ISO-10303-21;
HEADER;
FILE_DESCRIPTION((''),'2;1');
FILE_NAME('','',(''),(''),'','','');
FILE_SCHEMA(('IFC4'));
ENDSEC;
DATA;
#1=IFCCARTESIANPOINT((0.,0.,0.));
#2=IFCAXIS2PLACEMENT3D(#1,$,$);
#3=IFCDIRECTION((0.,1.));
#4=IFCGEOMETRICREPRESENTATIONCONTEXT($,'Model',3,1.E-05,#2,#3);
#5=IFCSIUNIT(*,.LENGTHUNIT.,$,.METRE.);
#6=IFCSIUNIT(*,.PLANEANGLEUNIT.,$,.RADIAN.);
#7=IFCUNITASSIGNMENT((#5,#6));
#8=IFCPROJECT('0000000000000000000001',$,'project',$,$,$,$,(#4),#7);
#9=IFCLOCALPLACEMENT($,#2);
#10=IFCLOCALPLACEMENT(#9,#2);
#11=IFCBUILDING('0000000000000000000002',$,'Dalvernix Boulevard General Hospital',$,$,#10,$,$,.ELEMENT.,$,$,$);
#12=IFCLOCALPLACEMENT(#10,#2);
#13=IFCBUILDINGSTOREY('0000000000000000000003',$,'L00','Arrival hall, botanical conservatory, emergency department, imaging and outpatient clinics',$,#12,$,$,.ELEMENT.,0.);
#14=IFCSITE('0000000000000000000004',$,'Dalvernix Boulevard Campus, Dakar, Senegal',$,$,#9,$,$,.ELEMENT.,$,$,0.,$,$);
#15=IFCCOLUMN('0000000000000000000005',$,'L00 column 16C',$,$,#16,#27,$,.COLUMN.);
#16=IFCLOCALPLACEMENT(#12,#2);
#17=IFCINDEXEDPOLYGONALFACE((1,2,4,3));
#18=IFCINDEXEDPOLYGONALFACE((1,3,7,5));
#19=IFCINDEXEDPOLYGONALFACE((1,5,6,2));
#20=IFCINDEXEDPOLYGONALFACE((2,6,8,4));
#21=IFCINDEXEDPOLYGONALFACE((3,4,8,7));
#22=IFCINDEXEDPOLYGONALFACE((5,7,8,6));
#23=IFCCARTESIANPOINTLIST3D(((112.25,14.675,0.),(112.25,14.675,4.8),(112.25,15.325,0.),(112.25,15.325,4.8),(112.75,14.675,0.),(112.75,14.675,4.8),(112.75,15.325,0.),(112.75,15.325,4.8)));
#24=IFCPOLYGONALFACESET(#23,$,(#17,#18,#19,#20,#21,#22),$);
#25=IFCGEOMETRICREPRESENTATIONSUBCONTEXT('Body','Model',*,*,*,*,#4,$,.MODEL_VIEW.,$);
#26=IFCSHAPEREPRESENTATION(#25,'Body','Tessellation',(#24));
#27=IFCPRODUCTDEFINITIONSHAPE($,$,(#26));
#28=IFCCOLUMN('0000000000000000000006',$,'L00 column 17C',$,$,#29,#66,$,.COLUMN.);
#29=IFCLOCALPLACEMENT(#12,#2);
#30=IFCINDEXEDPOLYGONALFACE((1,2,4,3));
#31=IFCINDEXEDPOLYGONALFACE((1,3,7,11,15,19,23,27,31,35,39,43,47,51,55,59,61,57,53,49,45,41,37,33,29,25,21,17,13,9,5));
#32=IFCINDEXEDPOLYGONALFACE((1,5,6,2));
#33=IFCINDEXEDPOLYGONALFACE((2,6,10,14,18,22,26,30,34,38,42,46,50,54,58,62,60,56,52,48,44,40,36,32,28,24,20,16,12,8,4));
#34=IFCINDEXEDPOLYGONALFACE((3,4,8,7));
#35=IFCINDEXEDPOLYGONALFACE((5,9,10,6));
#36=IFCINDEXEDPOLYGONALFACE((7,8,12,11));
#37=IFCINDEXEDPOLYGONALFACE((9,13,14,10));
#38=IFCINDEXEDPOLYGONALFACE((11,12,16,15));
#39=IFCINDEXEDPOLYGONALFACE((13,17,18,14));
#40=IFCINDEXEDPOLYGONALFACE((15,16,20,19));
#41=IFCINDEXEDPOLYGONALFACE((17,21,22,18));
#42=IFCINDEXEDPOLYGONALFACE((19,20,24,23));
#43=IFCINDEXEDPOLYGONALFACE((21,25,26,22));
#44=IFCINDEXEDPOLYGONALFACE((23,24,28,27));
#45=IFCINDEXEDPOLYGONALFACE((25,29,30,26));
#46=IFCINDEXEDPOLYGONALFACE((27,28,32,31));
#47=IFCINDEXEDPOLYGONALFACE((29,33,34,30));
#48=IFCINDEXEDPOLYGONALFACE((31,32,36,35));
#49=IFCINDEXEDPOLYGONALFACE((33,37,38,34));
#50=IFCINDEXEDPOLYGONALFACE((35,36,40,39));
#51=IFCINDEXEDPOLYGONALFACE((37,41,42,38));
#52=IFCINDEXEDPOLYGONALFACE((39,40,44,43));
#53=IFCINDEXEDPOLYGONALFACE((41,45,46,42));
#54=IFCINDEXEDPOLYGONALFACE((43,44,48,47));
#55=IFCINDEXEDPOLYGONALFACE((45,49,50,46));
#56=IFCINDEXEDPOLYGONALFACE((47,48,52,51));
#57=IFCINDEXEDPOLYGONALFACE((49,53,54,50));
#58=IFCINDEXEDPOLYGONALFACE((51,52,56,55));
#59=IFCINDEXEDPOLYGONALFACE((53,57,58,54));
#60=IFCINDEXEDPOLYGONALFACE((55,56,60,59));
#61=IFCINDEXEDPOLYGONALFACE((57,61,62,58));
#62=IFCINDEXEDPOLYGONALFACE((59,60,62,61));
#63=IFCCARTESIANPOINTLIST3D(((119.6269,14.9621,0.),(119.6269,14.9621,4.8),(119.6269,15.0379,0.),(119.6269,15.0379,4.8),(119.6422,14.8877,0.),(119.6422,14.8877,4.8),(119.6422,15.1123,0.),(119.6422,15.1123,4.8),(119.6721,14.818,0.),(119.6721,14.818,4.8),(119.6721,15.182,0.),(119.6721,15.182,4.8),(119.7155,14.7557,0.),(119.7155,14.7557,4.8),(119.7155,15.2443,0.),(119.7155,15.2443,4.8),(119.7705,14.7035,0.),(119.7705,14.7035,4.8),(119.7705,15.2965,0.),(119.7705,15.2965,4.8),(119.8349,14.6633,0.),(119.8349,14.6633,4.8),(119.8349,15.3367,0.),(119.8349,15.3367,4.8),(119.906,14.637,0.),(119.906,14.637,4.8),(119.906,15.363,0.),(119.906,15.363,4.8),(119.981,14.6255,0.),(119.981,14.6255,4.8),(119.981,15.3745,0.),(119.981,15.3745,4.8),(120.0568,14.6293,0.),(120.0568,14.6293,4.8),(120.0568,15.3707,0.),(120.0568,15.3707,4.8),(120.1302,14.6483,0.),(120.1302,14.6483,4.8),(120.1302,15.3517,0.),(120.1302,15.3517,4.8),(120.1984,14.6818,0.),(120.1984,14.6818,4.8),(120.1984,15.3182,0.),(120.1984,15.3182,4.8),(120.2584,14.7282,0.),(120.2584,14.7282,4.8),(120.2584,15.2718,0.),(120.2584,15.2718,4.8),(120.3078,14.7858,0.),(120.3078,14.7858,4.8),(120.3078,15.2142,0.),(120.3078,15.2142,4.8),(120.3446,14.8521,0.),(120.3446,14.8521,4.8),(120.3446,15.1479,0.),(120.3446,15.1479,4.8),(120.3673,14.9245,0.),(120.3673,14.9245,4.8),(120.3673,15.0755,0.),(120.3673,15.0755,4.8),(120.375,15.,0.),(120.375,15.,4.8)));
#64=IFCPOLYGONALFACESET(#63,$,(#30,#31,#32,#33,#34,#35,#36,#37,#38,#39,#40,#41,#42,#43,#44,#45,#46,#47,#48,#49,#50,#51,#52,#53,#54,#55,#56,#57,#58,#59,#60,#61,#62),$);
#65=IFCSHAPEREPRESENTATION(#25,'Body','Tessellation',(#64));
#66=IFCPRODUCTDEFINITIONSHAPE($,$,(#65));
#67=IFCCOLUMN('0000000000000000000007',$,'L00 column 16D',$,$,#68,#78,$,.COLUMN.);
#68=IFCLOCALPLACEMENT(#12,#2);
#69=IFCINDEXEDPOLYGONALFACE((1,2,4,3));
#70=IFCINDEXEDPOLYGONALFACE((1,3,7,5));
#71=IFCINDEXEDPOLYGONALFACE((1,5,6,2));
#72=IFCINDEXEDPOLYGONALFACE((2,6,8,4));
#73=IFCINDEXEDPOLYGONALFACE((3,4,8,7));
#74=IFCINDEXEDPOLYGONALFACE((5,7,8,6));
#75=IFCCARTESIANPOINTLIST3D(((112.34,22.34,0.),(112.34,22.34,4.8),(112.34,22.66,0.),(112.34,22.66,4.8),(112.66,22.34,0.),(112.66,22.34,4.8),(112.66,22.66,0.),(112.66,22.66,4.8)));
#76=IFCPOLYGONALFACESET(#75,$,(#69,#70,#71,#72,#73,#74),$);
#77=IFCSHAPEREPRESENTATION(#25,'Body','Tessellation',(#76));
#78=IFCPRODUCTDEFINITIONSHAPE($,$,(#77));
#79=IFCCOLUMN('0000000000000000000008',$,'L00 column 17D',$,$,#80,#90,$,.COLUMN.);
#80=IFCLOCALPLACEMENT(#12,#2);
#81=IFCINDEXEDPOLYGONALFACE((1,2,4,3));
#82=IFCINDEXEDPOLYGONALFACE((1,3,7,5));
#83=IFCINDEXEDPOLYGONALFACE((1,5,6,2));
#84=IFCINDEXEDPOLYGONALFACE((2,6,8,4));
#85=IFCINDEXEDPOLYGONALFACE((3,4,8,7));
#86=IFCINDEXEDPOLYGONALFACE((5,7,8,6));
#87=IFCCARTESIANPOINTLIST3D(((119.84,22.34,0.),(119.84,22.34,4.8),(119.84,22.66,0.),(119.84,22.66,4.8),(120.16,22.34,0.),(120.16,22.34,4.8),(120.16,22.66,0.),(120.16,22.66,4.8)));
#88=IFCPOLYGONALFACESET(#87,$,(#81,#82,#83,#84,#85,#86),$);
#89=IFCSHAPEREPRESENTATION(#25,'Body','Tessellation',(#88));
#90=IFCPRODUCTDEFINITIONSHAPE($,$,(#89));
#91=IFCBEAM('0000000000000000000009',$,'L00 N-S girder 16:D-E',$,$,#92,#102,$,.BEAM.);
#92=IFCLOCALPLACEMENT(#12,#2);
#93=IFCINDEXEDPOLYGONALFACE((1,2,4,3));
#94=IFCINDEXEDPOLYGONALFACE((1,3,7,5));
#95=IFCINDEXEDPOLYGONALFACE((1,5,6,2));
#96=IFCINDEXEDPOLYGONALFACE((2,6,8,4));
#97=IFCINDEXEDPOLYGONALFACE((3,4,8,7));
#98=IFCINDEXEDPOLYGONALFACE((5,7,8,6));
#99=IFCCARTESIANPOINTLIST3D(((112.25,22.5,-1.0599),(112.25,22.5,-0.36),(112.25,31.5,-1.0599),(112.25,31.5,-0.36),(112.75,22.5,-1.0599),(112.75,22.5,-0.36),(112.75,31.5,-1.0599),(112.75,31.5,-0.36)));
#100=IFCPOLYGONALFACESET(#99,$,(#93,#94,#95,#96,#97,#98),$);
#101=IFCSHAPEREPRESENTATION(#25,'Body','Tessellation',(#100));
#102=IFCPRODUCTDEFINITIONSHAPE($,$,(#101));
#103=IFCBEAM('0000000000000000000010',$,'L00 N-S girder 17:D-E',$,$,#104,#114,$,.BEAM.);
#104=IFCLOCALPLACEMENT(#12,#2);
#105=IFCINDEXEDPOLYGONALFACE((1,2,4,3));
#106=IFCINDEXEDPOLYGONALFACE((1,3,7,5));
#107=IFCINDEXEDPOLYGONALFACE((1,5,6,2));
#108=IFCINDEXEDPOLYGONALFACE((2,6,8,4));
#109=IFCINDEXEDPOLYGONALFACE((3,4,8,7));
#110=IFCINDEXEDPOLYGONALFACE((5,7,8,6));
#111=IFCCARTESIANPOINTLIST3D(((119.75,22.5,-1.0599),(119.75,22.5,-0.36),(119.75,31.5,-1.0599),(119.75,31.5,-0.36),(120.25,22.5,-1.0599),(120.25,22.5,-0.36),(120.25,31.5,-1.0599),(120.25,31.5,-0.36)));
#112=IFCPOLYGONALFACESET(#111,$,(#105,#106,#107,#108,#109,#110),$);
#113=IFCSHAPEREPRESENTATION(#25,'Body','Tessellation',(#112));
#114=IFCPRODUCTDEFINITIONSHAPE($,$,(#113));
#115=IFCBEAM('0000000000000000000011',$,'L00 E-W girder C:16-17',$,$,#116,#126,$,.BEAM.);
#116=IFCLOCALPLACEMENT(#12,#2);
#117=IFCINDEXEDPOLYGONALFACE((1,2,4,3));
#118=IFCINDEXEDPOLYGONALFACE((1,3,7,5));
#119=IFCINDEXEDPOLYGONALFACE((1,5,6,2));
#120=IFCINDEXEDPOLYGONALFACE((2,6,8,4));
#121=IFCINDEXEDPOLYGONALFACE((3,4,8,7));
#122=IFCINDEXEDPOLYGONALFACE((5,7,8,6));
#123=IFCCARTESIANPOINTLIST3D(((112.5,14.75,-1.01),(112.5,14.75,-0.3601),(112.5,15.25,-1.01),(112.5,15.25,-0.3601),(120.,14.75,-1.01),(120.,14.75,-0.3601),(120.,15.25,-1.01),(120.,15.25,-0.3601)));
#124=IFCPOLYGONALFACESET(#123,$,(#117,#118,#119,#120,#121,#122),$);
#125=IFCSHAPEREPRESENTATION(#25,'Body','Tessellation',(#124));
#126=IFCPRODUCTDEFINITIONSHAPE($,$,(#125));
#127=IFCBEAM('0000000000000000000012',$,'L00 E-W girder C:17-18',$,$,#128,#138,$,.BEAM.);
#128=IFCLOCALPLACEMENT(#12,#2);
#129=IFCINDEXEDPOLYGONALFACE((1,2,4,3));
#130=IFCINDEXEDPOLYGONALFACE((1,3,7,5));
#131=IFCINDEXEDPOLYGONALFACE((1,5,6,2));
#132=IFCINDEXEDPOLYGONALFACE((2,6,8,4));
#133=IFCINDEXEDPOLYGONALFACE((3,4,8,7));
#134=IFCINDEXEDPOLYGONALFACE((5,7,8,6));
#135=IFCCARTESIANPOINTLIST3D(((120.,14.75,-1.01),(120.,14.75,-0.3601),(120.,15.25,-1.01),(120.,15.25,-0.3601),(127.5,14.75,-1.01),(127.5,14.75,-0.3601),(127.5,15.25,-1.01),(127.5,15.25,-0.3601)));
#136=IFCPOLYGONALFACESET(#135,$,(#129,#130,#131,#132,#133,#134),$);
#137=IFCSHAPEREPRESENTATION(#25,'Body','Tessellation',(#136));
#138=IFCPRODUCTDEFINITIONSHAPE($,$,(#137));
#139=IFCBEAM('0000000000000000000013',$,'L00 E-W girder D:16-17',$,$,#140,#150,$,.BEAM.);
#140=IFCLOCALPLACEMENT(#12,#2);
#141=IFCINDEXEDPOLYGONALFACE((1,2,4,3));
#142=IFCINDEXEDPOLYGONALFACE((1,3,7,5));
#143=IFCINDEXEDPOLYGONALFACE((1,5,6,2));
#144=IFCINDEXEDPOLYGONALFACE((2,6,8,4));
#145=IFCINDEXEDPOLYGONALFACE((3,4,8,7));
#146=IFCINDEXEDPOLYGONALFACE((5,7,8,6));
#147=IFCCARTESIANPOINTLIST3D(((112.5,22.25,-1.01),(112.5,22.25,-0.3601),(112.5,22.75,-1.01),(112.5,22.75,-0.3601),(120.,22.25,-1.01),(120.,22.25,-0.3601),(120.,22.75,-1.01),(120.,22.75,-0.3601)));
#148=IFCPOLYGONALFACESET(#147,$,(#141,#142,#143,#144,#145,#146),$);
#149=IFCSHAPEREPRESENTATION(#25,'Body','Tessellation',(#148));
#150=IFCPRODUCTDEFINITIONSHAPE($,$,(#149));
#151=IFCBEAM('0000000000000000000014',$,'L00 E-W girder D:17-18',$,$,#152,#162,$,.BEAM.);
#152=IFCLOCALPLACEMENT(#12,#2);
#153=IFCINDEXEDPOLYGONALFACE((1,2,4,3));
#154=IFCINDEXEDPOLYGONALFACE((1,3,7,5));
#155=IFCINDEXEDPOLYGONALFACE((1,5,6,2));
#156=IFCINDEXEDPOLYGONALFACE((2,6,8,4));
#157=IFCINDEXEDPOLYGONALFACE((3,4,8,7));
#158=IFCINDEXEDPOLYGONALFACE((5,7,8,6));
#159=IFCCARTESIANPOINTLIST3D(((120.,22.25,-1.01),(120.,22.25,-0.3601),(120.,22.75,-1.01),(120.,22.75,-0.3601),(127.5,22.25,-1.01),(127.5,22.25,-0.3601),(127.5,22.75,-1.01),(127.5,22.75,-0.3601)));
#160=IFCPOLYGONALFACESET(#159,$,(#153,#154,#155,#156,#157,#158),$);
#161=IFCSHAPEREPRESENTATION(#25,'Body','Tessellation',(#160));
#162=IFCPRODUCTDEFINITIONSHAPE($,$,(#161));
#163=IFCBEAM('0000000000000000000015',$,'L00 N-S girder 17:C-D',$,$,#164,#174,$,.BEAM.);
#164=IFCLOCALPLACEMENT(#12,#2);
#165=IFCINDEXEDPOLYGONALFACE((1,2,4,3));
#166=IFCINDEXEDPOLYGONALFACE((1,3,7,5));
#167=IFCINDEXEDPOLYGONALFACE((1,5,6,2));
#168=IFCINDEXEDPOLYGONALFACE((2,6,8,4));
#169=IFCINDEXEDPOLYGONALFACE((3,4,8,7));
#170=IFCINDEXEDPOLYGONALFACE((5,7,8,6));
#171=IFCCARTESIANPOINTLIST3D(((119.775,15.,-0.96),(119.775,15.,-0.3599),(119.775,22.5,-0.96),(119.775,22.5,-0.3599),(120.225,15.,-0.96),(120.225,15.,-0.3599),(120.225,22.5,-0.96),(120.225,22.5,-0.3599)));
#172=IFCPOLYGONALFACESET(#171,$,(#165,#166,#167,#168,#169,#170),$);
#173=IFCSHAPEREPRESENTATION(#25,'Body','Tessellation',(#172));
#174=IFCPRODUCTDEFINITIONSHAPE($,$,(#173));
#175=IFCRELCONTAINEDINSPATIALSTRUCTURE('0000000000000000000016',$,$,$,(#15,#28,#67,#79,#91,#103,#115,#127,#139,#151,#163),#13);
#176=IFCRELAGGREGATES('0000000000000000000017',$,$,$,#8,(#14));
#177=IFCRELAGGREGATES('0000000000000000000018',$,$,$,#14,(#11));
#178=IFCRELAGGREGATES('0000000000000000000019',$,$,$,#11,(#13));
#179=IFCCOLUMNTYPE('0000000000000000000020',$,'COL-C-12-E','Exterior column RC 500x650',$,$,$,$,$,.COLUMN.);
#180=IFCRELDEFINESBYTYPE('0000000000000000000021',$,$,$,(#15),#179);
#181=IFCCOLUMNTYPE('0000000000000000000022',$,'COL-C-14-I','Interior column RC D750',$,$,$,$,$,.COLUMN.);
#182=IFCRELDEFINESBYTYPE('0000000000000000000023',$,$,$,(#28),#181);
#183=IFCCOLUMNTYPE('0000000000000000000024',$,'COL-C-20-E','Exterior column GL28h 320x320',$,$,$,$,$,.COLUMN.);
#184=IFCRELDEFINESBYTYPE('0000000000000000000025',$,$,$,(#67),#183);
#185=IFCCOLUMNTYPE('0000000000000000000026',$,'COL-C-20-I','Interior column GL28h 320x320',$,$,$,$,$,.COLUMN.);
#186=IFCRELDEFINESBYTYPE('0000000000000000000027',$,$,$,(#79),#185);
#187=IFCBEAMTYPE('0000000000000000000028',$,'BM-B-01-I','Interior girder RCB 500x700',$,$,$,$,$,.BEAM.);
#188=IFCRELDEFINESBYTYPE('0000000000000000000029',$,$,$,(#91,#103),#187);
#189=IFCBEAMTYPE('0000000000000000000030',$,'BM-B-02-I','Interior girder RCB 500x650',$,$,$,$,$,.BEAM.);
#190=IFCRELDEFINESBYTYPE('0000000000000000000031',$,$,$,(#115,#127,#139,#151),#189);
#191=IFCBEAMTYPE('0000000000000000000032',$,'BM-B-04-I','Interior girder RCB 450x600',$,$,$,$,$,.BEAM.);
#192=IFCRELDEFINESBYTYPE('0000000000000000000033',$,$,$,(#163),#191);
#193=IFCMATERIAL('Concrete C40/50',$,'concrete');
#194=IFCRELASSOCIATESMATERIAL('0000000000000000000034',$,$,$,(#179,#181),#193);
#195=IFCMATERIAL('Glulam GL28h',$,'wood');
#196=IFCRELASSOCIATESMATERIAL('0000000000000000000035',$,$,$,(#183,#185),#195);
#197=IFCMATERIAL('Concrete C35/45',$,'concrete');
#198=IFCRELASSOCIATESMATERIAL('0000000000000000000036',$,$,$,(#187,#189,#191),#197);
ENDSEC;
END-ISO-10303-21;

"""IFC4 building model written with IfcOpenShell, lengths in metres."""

from ifc_helpers import new_model, si_unit, direction, frame, origin, origin_2d, place, context, subcontext, project, spatial, rectangle, circle, extrude, material, material_profile, profile_set, type_object, element, save


model = new_model("IFC4")

# Units and contexts
model_context = context("Model", 3, precision=1e-05, world=origin(), true_north=direction((0.0, 1.0)))
body_context = subcontext(model_context, "Body", "Model", "MODEL_VIEW")
ifc_project = project(units=[si_unit("LENGTHUNIT", "METRE"), si_unit("PLANEANGLEUNIT", "RADIAN")], contexts=[model_context])

# Site, building, storey
site_placement = place(None, origin())
site = spatial("IfcSite", under=ifc_project, at=site_placement, Name="Dalvernix Boulevard Campus, Dakar, Senegal", CompositionType="ELEMENT", RefElevation=0.0)
building_placement = place(site_placement, origin())
building = spatial("IfcBuilding", under=site, at=building_placement, Name="Dalvernix Boulevard General Hospital", CompositionType="ELEMENT")
storey_placement = place(building_placement, origin())
storey = spatial("IfcBuildingStorey", under=building, at=storey_placement, Name="L00", Description="Arrival hall, botanical conservatory, emergency department, imaging and outpatient clinics", CompositionType="ELEMENT", Elevation=0.0)

# Columns
ifc_material_1 = material(Name="Concrete C40/50", Category="concrete")
ifc_material_profile_1 = material_profile(ifc_material_1, rectangle(XDim=0.5, YDim=0.6499, at=origin_2d()), Name="RC 500x650")
ifc_profile_set_1 = profile_set([ifc_material_profile_1], Name="Concrete C40/50")
column_type_1 = type_object("IfcColumnType", Name="COL-C-12-E", Description="Exterior column RC 500x650", PredefinedType="COLUMN", material=ifc_profile_set_1)
column_1_placement = place(storey_placement, frame((112.5, 15.0, 0.0), z_axis=(0.0, 0.0, 1.0), x_axis=(1.0, 0.0, 0.0)))
element("IfcColumn", 1, at=column_1_placement, inside=storey, type_object=column_type_1, Name="L00 column 16C", PredefinedType="COLUMN", context=body_context, shape_type="SweptSolid", body=[
    extrude(rectangle(XDim=0.5, YDim=0.6499, at=origin_2d()), origin(), (0.0, 0.0, 1.0), 4.8),
])
ifc_material_profile_2 = material_profile(ifc_material_1, circle(Radius=0.375, at=origin_2d()), Name="RC D750")
ifc_profile_set_2 = profile_set([ifc_material_profile_2], Name="Concrete C40/50")
column_type_2 = type_object("IfcColumnType", Name="COL-C-14-I", Description="Interior column RC D750", PredefinedType="COLUMN", material=ifc_profile_set_2)
column_2_placement = place(storey_placement, frame((120.0, 15.0, 0.0), z_axis=(0.0, 0.0, 1.0), x_axis=(1.0, 0.0, 0.0)))
element("IfcColumn", 2, at=column_2_placement, inside=storey, type_object=column_type_2, Name="L00 column 17C", PredefinedType="COLUMN", context=body_context, shape_type="SweptSolid", body=[
    extrude(circle(Radius=0.375, at=origin_2d()), origin(), (0.0, 0.0, 1.0), 4.8),
])
ifc_material_2 = material(Name="Glulam GL28h", Category="wood")
ifc_material_profile_3 = material_profile(ifc_material_2, rectangle(XDim=0.3201, YDim=0.3201, at=origin_2d()), Name="GL28h 320x320")
ifc_profile_set_3 = profile_set([ifc_material_profile_3], Name="Glulam GL28h")
column_type_3 = type_object("IfcColumnType", Name="COL-C-20-E", Description="Exterior column GL28h 320x320", PredefinedType="COLUMN", material=ifc_profile_set_3)
column_3_placement = place(storey_placement, frame((112.5, 22.5, 0.0), z_axis=(0.0, 0.0, 1.0), x_axis=(1.0, 0.0, 0.0)))
element("IfcColumn", 3, at=column_3_placement, inside=storey, type_object=column_type_3, Name="L00 column 16D", PredefinedType="COLUMN", context=body_context, shape_type="SweptSolid", body=[
    extrude(rectangle(XDim=0.3201, YDim=0.3201, at=origin_2d()), origin(), (0.0, 0.0, 1.0), 4.8),
])
ifc_material_profile_4 = material_profile(ifc_material_2, rectangle(XDim=0.3201, YDim=0.3201, at=origin_2d()), Name="GL28h 320x320")
ifc_profile_set_4 = profile_set([ifc_material_profile_4], Name="Glulam GL28h")
column_type_4 = type_object("IfcColumnType", Name="COL-C-20-I", Description="Interior column GL28h 320x320", PredefinedType="COLUMN", material=ifc_profile_set_4)
column_4_placement = place(storey_placement, frame((120.0, 22.5, 0.0), z_axis=(0.0, 0.0, 1.0), x_axis=(1.0, 0.0, 0.0)))
element("IfcColumn", 4, at=column_4_placement, inside=storey, type_object=column_type_4, Name="L00 column 17D", PredefinedType="COLUMN", context=body_context, shape_type="SweptSolid", body=[
    extrude(rectangle(XDim=0.3201, YDim=0.3201, at=origin_2d()), origin(), (0.0, 0.0, 1.0), 4.8),
])

# Beams
ifc_material_3 = material(Name="Concrete C35/45", Category="concrete")
ifc_material_profile_5 = material_profile(ifc_material_3, rectangle(XDim=0.5, YDim=0.7, at=origin_2d()), Name="RCB 500x700")
ifc_profile_set_5 = profile_set([ifc_material_profile_5], Name="Concrete C35/45")
beam_type_1 = type_object("IfcBeamType", Name="BM-B-01-I", Description="Interior girder RCB 500x700", PredefinedType="BEAM", material=ifc_profile_set_5)
for number, where, z_axis, x_axis, name in (
    (5, (112.5, 22.5, -0.71), (0.0, 1.0, 0.0), (-1.0, 0.0, 0.0), "L00 N-S girder 16:D-E"),
    (6, (120.0, 22.5, -0.71), (0.0, 1.0, 0.0), (-1.0, 0.0, 0.0), "L00 N-S girder 17:D-E"),
):
    element("IfcBeam", number, at=place(storey_placement, frame(where, z_axis=z_axis, x_axis=x_axis)), inside=storey, type_object=beam_type_1, Name=name, PredefinedType="BEAM", context=body_context, shape_type="SweptSolid", body=[
        extrude(rectangle(XDim=0.5, YDim=0.7, at=origin_2d()), origin(), (0.0, 0.0, 1.0), 9.0),
    ])
ifc_material_profile_6 = material_profile(ifc_material_3, rectangle(XDim=0.5, YDim=0.6499, at=origin_2d()), Name="RCB 500x650")
ifc_profile_set_6 = profile_set([ifc_material_profile_6], Name="Concrete C35/45")
beam_type_2 = type_object("IfcBeamType", Name="BM-B-02-I", Description="Interior girder RCB 500x650", PredefinedType="BEAM", material=ifc_profile_set_6)
for number, where, z_axis, x_axis, name in (
    (7, (112.5, 15.0, -0.6851), (1.0, 0.0, 0.0), (0.0, 1.0, 0.0), "L00 E-W girder C:16-17"),
    (8, (120.0, 15.0, -0.6851), (1.0, 0.0, 0.0), (0.0, 1.0, 0.0), "L00 E-W girder C:17-18"),
    (9, (112.5, 22.5, -0.6851), (1.0, 0.0, 0.0), (0.0, 1.0, 0.0), "L00 E-W girder D:16-17"),
    (10, (120.0, 22.5, -0.6851), (1.0, 0.0, 0.0), (0.0, 1.0, 0.0), "L00 E-W girder D:17-18"),
):
    element("IfcBeam", number, at=place(storey_placement, frame(where, z_axis=z_axis, x_axis=x_axis)), inside=storey, type_object=beam_type_2, Name=name, PredefinedType="BEAM", context=body_context, shape_type="SweptSolid", body=[
        extrude(rectangle(XDim=0.5, YDim=0.6499, at=origin_2d()), origin(), (0.0, 0.0, 1.0), 7.5),
    ])
ifc_material_profile_7 = material_profile(ifc_material_3, rectangle(XDim=0.45, YDim=0.6001, at=origin_2d()), Name="RCB 450x600")
ifc_profile_set_7 = profile_set([ifc_material_profile_7], Name="Concrete C35/45")
beam_type_3 = type_object("IfcBeamType", Name="BM-B-04-I", Description="Interior girder RCB 450x600", PredefinedType="BEAM", material=ifc_profile_set_7)
beam_1_placement = place(storey_placement, frame((120.0, 15.0, -0.6599), z_axis=(0.0, 1.0, 0.0), x_axis=(-1.0, 0.0, 0.0)))
element("IfcBeam", 11, at=beam_1_placement, inside=storey, type_object=beam_type_3, Name="L00 N-S girder 17:C-D", PredefinedType="BEAM", context=body_context, shape_type="SweptSolid", body=[
    extrude(rectangle(XDim=0.45, YDim=0.6001, at=origin_2d()), origin(), (0.0, 0.0, 1.0), 7.5),
])

save(model, "model.ifc")
